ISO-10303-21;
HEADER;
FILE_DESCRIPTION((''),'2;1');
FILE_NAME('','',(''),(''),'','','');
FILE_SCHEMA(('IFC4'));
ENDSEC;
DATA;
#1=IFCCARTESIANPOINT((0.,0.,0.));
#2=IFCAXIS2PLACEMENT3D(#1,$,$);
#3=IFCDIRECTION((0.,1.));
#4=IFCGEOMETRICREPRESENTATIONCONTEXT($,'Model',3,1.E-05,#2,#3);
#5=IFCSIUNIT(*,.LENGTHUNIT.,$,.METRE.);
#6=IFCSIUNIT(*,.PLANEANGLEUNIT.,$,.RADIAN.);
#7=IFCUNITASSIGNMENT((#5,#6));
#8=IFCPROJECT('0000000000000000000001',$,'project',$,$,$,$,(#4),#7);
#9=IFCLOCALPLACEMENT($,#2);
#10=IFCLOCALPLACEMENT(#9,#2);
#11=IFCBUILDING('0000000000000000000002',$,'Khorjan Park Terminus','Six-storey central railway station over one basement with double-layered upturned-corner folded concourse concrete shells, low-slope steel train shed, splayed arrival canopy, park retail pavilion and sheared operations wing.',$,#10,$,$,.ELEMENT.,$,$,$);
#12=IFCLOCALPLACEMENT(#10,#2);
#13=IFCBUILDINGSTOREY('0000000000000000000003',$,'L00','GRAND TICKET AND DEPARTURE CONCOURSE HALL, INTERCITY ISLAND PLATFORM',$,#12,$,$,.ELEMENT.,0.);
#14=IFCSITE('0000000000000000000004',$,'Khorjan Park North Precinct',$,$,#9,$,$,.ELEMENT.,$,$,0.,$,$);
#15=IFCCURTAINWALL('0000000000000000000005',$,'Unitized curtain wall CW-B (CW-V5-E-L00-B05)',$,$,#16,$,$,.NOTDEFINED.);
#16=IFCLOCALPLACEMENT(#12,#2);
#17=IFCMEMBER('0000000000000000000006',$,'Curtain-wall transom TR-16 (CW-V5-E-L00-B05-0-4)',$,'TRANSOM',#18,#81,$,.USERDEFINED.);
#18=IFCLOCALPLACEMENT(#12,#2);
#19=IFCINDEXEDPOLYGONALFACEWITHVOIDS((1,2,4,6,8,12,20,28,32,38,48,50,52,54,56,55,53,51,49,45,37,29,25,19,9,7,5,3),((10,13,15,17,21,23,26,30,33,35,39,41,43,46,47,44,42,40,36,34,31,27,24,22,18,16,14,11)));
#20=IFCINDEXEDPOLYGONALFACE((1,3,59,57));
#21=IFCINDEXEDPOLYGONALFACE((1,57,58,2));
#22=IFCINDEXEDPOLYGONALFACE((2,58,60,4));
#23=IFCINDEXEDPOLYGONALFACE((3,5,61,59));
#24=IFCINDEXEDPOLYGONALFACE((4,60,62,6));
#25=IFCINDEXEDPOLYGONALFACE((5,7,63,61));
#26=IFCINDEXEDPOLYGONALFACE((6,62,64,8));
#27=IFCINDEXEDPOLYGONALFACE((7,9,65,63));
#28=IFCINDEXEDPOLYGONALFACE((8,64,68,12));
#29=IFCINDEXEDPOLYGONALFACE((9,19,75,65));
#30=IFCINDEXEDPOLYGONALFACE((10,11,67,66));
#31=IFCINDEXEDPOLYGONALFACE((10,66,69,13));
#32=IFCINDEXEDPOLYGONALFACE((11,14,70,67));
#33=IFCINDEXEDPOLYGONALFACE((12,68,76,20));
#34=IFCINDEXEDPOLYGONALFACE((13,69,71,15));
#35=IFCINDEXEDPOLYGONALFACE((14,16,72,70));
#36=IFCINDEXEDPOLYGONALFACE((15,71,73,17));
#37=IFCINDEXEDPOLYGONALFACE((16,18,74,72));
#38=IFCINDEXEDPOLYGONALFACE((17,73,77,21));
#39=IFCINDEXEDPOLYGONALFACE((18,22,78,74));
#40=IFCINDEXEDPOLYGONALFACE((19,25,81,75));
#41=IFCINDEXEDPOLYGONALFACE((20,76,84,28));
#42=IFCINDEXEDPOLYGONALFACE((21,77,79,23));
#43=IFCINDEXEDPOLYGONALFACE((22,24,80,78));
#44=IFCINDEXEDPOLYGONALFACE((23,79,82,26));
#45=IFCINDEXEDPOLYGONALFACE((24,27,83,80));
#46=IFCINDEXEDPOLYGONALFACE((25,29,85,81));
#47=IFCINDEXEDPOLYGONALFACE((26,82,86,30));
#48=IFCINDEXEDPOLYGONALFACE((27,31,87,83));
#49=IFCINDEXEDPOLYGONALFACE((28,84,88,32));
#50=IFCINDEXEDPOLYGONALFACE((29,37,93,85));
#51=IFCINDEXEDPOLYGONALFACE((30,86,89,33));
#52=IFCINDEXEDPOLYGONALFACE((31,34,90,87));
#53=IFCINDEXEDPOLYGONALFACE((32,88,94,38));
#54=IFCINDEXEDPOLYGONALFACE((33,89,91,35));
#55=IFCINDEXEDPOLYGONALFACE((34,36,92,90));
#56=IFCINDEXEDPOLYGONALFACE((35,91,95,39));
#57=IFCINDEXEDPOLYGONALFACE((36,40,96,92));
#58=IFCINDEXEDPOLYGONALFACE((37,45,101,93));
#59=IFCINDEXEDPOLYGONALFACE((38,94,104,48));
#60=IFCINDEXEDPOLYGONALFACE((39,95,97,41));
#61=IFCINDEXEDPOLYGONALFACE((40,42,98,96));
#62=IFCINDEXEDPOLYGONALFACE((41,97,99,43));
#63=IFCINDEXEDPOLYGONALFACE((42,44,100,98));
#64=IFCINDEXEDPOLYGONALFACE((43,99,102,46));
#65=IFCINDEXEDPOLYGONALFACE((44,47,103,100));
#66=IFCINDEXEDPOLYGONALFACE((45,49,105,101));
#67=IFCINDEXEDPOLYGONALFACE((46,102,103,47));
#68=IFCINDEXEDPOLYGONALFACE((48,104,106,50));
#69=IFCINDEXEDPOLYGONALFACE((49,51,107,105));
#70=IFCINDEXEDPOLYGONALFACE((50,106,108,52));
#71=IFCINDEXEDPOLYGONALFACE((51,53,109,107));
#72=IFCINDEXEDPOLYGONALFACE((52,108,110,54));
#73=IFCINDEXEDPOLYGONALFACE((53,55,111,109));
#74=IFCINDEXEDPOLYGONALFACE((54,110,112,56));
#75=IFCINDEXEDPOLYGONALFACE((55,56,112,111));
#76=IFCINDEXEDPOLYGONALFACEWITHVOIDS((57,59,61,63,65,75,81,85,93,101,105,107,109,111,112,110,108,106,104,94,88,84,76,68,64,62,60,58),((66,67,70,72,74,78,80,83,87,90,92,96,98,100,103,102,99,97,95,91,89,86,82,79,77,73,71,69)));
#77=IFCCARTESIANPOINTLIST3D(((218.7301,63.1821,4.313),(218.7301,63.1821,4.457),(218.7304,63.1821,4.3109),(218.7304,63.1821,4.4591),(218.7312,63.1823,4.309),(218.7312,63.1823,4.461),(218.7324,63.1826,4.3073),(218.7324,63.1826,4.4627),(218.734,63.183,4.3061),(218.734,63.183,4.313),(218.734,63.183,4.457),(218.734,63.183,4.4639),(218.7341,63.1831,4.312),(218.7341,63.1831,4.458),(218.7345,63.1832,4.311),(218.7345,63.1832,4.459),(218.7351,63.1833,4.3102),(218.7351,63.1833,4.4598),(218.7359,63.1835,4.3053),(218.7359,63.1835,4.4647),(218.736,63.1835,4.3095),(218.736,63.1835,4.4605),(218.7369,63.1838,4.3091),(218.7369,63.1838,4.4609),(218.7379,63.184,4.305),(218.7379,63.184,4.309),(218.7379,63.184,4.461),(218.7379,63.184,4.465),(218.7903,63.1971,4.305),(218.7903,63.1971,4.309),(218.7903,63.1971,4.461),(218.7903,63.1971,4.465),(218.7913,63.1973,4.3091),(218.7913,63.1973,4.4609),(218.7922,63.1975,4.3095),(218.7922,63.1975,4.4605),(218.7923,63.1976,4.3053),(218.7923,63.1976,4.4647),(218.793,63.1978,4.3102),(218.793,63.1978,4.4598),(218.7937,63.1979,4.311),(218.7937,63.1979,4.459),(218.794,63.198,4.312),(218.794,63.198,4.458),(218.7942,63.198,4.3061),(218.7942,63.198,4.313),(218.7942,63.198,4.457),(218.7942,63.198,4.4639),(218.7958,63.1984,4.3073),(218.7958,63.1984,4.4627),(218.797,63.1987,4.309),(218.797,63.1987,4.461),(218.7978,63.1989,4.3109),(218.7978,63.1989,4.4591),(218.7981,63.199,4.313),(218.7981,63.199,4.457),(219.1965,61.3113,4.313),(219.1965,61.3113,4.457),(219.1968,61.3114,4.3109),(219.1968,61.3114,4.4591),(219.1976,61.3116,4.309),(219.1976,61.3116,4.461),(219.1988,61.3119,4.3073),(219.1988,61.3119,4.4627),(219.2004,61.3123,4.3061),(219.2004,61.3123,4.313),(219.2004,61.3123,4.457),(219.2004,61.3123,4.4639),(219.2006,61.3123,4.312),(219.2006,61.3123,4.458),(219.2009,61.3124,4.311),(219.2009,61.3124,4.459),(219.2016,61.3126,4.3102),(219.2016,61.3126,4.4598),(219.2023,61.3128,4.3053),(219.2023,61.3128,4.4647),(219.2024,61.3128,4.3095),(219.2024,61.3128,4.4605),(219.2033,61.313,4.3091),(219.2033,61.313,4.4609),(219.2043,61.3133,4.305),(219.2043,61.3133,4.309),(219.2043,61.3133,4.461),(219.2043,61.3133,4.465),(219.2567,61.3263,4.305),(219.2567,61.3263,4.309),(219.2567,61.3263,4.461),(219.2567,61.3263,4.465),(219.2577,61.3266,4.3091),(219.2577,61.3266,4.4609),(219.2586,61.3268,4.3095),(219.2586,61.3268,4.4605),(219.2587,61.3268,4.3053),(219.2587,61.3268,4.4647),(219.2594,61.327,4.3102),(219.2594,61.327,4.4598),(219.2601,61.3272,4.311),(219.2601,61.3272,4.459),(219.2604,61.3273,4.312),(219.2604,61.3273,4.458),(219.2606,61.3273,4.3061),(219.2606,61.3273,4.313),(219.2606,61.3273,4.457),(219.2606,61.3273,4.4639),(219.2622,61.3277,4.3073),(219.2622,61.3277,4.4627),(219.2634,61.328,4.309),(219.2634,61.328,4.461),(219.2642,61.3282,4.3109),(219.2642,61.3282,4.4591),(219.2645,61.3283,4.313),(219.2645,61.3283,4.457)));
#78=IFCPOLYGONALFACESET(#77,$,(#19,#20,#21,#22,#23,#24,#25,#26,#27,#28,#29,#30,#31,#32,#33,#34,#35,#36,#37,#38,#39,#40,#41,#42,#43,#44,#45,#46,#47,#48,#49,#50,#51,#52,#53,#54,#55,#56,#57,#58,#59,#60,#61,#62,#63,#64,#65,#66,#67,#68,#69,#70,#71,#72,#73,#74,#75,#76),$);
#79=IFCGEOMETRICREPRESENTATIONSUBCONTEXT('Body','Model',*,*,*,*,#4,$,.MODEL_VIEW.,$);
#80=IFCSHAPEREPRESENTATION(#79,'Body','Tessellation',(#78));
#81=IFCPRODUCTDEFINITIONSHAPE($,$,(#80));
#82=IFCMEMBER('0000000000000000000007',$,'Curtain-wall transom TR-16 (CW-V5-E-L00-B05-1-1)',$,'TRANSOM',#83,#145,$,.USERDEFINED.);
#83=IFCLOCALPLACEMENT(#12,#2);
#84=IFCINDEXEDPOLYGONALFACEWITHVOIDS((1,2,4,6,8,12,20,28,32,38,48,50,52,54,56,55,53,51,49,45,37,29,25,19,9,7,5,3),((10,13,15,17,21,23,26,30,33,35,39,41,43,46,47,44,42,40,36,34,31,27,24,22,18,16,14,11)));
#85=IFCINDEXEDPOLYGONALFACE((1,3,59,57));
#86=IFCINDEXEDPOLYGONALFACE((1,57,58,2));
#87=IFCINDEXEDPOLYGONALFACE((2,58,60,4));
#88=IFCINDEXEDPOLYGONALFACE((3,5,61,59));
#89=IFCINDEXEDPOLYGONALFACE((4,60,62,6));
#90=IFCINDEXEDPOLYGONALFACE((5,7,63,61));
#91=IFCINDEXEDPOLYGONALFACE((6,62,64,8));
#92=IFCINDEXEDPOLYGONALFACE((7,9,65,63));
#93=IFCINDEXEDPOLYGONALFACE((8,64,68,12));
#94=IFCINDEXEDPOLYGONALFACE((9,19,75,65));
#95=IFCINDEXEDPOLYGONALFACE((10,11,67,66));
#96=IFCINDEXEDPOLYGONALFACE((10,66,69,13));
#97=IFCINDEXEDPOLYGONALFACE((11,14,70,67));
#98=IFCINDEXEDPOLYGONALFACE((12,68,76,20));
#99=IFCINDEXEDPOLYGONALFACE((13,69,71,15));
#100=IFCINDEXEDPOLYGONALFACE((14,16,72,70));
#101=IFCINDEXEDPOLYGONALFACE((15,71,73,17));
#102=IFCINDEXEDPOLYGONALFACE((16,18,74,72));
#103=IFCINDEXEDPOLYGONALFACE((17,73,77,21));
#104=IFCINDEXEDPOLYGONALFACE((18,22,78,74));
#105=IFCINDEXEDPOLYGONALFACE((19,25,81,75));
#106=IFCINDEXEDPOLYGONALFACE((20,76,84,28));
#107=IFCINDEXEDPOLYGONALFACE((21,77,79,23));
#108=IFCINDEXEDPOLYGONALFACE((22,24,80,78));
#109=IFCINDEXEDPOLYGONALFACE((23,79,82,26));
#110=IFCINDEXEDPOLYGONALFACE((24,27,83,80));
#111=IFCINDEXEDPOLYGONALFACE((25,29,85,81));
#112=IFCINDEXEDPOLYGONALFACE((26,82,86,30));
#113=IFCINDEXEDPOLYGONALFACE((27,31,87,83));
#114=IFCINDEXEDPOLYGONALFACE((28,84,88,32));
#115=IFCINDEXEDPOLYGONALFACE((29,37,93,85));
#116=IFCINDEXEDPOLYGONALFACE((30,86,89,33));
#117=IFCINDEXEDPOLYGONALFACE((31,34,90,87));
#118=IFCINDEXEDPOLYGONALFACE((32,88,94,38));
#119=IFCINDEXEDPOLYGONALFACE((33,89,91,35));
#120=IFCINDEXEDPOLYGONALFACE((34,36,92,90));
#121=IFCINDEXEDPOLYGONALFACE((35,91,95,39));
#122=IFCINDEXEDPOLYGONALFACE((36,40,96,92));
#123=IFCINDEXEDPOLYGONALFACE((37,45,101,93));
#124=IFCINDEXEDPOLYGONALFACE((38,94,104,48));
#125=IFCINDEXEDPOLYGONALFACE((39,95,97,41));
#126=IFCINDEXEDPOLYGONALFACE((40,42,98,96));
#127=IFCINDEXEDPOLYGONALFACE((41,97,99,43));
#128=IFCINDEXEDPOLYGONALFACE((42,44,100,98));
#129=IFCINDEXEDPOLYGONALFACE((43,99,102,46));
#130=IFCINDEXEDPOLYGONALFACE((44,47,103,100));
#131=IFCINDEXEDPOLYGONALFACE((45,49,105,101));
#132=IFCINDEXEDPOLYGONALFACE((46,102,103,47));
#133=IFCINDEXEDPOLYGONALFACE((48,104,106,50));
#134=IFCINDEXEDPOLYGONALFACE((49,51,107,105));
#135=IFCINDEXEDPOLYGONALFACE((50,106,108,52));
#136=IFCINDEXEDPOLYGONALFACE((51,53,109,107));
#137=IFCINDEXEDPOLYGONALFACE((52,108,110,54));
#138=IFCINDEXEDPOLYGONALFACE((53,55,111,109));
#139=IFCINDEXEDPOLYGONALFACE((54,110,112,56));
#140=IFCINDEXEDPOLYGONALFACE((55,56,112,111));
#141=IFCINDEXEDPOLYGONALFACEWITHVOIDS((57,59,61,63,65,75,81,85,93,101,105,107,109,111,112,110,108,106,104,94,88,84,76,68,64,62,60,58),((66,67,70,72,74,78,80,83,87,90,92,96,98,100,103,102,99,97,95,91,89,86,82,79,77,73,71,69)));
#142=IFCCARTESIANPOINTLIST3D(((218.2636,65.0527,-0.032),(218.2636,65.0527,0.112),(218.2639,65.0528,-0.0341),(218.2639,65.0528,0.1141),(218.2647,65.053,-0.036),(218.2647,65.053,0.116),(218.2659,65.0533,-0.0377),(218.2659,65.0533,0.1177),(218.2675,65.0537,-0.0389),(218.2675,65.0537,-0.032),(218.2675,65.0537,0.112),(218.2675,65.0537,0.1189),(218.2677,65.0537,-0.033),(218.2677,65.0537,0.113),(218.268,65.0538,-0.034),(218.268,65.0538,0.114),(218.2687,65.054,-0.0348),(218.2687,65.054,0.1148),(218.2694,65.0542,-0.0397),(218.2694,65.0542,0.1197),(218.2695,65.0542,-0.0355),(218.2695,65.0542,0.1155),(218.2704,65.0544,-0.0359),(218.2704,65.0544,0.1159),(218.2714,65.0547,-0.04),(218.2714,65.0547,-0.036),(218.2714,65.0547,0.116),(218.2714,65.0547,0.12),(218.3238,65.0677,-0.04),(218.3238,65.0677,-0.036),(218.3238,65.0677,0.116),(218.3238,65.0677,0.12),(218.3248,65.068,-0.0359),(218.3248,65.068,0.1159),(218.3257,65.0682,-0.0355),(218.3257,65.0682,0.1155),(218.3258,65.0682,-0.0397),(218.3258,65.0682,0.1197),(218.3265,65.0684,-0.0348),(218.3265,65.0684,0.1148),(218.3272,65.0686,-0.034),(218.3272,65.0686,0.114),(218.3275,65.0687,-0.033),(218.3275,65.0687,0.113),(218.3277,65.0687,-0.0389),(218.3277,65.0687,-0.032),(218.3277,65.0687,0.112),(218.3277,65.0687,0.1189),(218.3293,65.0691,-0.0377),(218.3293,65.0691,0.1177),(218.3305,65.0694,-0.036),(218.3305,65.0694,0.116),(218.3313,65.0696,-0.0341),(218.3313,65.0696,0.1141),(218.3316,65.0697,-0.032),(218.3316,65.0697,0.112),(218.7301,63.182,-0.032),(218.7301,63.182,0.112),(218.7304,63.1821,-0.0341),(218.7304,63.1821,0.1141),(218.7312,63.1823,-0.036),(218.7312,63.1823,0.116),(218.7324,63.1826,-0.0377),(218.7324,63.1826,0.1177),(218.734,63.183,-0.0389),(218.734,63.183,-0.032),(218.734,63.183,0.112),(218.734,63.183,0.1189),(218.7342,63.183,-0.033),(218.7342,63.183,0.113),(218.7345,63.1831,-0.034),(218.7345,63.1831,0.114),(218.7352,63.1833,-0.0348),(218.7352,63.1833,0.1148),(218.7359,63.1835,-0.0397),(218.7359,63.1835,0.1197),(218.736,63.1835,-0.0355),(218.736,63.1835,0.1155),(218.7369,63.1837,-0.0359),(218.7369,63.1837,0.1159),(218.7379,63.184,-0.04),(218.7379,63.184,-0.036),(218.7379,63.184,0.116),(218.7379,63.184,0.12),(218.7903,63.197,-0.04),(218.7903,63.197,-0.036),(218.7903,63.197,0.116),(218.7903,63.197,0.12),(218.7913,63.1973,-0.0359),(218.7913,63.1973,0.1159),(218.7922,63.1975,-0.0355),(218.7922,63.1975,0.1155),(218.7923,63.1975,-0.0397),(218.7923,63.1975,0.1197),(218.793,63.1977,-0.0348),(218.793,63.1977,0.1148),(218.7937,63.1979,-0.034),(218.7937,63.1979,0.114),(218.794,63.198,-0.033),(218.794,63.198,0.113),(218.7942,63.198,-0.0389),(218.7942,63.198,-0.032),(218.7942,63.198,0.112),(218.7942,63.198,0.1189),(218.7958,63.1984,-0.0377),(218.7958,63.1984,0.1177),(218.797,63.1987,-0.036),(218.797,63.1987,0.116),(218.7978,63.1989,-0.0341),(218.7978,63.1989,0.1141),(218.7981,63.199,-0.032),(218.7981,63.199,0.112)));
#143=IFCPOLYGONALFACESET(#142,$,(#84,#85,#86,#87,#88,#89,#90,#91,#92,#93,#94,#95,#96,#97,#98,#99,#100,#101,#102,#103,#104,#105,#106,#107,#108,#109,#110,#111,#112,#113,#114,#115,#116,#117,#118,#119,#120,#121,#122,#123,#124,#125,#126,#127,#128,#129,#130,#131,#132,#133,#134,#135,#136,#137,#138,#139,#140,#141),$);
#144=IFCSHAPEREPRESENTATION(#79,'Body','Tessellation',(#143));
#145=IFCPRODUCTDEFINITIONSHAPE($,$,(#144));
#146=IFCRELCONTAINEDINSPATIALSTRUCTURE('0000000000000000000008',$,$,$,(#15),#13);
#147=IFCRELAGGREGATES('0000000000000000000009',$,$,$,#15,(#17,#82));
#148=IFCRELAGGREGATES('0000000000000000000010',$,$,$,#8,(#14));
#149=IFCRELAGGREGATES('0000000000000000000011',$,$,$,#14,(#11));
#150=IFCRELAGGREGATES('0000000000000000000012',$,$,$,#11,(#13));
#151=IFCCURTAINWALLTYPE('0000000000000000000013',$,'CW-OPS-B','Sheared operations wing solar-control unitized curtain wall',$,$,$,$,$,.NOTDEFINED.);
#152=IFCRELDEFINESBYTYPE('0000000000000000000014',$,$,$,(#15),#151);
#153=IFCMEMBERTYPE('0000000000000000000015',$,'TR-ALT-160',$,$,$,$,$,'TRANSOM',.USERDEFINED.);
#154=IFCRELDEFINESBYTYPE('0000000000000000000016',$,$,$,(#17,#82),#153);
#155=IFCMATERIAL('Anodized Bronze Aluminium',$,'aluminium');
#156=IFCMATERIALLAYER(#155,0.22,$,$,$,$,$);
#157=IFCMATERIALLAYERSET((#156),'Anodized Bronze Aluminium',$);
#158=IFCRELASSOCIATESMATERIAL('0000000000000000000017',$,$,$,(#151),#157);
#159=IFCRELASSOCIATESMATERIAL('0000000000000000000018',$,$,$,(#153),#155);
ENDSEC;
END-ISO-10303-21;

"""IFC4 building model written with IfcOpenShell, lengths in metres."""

from ifc_helpers import new_model, si_unit, direction, frame, origin, origin_2d, place, context, subcontext, project, spatial, hollow_rectangle, extrude, material, layer, layer_set, material_profile, profile_set, type_object, element, aggregate, save


model = new_model("IFC4")

# Units and contexts
model_context = context("Model", 3, precision=1e-05, world=origin(), true_north=direction((0.0, 1.0)))
body_context = subcontext(model_context, "Body", "Model", "MODEL_VIEW")
ifc_project = project(units=[si_unit("LENGTHUNIT", "METRE"), si_unit("PLANEANGLEUNIT", "RADIAN")], contexts=[model_context])

# Site, building, storey
site_placement = place(None, origin())
site = spatial("IfcSite", under=ifc_project, at=site_placement, Name="Khorjan Park North Precinct", CompositionType="ELEMENT", RefElevation=0.0)
building_placement = place(site_placement, origin())
building = spatial("IfcBuilding", under=site, at=building_placement, Name="Khorjan Park Terminus", Description="Six-storey central railway station over one basement with double-layered upturned-corner folded concourse concrete shells, low-slope steel train shed, splayed arrival canopy, park retail pavilion and sheared operations wing.", CompositionType="ELEMENT")
storey_placement = place(building_placement, origin())
storey = spatial("IfcBuildingStorey", under=building, at=storey_placement, Name="L00", Description="GRAND TICKET AND DEPARTURE CONCOURSE HALL, INTERCITY ISLAND PLATFORM", CompositionType="ELEMENT", Elevation=0.0)

# Curtain wall, members
ifc_material_1 = material(Name="Anodized Bronze Aluminium", Category="aluminium")
ifc_layer_1 = layer(ifc_material_1, 0.22)
ifc_layer_set_1 = layer_set([ifc_layer_1], Name="Anodized Bronze Aluminium")
curtain_wall_type = type_object("IfcCurtainWallType", Name="CW-OPS-B", Description="Sheared operations wing solar-control unitized curtain wall", PredefinedType="NOTDEFINED", material=ifc_layer_set_1)
curtain_wall_placement = place(storey_placement, origin())
curtain_wall = element("IfcCurtainWall", 1, at=curtain_wall_placement, inside=storey, type_object=curtain_wall_type, Name="Unitized curtain wall CW-B (CW-V5-E-L00-B05)", PredefinedType="NOTDEFINED")
ifc_material_profile_1 = material_profile(ifc_material_1, hollow_rectangle(XDim=0.07, YDim=0.16, WallThickness=0.004, InnerFilletRadius=0.004, OuterFilletRadius=0.008, at=origin_2d()), Name="ALT 70x160x4")
ifc_profile_set_1 = profile_set([ifc_material_profile_1], Name="Anodized Bronze Aluminium")
member_type_1 = type_object("IfcMemberType", Name="TR-ALT-160", ElementType="TRANSOM", PredefinedType="USERDEFINED", material=ifc_profile_set_1)
member_1_placement = place(storey_placement, frame((219.2305, 61.3198, 4.385), z_axis=(-0.241913, 0.970298, 0.0), x_axis=(-0.970298, -0.241913, 0.0)))
member_1 = element("IfcMember", 2, at=member_1_placement, type_object=member_type_1, Name="Curtain-wall transom TR-16 (CW-V5-E-L00-B05-0-4)", ObjectType="TRANSOM", PredefinedType="USERDEFINED", context=body_context, shape_type="SweptSolid", body=[
    extrude(hollow_rectangle(XDim=0.07, YDim=0.16, WallThickness=0.004, InnerFilletRadius=0.004, OuterFilletRadius=0.008, at=origin_2d()), origin(), (0.0, 0.0, 1.0), 1.928),
])
member_2_placement = place(storey_placement, frame((218.7641, 63.1905, 0.04), z_axis=(-0.241962, 0.970286, 0.0), x_axis=(-0.970286, -0.241962, 0.0)))
member_2 = element("IfcMember", 3, at=member_2_placement, type_object=member_type_1, Name="Curtain-wall transom TR-16 (CW-V5-E-L00-B05-1-1)", ObjectType="TRANSOM", PredefinedType="USERDEFINED", context=body_context, shape_type="SweptSolid", body=[
    extrude(hollow_rectangle(XDim=0.07, YDim=0.16, WallThickness=0.004, InnerFilletRadius=0.004, OuterFilletRadius=0.008, at=origin_2d()), origin(), (0.0, 0.0, 1.0), 1.928),
])
aggregate(curtain_wall, [member_1, member_2])

save(model, "model.ifc")
